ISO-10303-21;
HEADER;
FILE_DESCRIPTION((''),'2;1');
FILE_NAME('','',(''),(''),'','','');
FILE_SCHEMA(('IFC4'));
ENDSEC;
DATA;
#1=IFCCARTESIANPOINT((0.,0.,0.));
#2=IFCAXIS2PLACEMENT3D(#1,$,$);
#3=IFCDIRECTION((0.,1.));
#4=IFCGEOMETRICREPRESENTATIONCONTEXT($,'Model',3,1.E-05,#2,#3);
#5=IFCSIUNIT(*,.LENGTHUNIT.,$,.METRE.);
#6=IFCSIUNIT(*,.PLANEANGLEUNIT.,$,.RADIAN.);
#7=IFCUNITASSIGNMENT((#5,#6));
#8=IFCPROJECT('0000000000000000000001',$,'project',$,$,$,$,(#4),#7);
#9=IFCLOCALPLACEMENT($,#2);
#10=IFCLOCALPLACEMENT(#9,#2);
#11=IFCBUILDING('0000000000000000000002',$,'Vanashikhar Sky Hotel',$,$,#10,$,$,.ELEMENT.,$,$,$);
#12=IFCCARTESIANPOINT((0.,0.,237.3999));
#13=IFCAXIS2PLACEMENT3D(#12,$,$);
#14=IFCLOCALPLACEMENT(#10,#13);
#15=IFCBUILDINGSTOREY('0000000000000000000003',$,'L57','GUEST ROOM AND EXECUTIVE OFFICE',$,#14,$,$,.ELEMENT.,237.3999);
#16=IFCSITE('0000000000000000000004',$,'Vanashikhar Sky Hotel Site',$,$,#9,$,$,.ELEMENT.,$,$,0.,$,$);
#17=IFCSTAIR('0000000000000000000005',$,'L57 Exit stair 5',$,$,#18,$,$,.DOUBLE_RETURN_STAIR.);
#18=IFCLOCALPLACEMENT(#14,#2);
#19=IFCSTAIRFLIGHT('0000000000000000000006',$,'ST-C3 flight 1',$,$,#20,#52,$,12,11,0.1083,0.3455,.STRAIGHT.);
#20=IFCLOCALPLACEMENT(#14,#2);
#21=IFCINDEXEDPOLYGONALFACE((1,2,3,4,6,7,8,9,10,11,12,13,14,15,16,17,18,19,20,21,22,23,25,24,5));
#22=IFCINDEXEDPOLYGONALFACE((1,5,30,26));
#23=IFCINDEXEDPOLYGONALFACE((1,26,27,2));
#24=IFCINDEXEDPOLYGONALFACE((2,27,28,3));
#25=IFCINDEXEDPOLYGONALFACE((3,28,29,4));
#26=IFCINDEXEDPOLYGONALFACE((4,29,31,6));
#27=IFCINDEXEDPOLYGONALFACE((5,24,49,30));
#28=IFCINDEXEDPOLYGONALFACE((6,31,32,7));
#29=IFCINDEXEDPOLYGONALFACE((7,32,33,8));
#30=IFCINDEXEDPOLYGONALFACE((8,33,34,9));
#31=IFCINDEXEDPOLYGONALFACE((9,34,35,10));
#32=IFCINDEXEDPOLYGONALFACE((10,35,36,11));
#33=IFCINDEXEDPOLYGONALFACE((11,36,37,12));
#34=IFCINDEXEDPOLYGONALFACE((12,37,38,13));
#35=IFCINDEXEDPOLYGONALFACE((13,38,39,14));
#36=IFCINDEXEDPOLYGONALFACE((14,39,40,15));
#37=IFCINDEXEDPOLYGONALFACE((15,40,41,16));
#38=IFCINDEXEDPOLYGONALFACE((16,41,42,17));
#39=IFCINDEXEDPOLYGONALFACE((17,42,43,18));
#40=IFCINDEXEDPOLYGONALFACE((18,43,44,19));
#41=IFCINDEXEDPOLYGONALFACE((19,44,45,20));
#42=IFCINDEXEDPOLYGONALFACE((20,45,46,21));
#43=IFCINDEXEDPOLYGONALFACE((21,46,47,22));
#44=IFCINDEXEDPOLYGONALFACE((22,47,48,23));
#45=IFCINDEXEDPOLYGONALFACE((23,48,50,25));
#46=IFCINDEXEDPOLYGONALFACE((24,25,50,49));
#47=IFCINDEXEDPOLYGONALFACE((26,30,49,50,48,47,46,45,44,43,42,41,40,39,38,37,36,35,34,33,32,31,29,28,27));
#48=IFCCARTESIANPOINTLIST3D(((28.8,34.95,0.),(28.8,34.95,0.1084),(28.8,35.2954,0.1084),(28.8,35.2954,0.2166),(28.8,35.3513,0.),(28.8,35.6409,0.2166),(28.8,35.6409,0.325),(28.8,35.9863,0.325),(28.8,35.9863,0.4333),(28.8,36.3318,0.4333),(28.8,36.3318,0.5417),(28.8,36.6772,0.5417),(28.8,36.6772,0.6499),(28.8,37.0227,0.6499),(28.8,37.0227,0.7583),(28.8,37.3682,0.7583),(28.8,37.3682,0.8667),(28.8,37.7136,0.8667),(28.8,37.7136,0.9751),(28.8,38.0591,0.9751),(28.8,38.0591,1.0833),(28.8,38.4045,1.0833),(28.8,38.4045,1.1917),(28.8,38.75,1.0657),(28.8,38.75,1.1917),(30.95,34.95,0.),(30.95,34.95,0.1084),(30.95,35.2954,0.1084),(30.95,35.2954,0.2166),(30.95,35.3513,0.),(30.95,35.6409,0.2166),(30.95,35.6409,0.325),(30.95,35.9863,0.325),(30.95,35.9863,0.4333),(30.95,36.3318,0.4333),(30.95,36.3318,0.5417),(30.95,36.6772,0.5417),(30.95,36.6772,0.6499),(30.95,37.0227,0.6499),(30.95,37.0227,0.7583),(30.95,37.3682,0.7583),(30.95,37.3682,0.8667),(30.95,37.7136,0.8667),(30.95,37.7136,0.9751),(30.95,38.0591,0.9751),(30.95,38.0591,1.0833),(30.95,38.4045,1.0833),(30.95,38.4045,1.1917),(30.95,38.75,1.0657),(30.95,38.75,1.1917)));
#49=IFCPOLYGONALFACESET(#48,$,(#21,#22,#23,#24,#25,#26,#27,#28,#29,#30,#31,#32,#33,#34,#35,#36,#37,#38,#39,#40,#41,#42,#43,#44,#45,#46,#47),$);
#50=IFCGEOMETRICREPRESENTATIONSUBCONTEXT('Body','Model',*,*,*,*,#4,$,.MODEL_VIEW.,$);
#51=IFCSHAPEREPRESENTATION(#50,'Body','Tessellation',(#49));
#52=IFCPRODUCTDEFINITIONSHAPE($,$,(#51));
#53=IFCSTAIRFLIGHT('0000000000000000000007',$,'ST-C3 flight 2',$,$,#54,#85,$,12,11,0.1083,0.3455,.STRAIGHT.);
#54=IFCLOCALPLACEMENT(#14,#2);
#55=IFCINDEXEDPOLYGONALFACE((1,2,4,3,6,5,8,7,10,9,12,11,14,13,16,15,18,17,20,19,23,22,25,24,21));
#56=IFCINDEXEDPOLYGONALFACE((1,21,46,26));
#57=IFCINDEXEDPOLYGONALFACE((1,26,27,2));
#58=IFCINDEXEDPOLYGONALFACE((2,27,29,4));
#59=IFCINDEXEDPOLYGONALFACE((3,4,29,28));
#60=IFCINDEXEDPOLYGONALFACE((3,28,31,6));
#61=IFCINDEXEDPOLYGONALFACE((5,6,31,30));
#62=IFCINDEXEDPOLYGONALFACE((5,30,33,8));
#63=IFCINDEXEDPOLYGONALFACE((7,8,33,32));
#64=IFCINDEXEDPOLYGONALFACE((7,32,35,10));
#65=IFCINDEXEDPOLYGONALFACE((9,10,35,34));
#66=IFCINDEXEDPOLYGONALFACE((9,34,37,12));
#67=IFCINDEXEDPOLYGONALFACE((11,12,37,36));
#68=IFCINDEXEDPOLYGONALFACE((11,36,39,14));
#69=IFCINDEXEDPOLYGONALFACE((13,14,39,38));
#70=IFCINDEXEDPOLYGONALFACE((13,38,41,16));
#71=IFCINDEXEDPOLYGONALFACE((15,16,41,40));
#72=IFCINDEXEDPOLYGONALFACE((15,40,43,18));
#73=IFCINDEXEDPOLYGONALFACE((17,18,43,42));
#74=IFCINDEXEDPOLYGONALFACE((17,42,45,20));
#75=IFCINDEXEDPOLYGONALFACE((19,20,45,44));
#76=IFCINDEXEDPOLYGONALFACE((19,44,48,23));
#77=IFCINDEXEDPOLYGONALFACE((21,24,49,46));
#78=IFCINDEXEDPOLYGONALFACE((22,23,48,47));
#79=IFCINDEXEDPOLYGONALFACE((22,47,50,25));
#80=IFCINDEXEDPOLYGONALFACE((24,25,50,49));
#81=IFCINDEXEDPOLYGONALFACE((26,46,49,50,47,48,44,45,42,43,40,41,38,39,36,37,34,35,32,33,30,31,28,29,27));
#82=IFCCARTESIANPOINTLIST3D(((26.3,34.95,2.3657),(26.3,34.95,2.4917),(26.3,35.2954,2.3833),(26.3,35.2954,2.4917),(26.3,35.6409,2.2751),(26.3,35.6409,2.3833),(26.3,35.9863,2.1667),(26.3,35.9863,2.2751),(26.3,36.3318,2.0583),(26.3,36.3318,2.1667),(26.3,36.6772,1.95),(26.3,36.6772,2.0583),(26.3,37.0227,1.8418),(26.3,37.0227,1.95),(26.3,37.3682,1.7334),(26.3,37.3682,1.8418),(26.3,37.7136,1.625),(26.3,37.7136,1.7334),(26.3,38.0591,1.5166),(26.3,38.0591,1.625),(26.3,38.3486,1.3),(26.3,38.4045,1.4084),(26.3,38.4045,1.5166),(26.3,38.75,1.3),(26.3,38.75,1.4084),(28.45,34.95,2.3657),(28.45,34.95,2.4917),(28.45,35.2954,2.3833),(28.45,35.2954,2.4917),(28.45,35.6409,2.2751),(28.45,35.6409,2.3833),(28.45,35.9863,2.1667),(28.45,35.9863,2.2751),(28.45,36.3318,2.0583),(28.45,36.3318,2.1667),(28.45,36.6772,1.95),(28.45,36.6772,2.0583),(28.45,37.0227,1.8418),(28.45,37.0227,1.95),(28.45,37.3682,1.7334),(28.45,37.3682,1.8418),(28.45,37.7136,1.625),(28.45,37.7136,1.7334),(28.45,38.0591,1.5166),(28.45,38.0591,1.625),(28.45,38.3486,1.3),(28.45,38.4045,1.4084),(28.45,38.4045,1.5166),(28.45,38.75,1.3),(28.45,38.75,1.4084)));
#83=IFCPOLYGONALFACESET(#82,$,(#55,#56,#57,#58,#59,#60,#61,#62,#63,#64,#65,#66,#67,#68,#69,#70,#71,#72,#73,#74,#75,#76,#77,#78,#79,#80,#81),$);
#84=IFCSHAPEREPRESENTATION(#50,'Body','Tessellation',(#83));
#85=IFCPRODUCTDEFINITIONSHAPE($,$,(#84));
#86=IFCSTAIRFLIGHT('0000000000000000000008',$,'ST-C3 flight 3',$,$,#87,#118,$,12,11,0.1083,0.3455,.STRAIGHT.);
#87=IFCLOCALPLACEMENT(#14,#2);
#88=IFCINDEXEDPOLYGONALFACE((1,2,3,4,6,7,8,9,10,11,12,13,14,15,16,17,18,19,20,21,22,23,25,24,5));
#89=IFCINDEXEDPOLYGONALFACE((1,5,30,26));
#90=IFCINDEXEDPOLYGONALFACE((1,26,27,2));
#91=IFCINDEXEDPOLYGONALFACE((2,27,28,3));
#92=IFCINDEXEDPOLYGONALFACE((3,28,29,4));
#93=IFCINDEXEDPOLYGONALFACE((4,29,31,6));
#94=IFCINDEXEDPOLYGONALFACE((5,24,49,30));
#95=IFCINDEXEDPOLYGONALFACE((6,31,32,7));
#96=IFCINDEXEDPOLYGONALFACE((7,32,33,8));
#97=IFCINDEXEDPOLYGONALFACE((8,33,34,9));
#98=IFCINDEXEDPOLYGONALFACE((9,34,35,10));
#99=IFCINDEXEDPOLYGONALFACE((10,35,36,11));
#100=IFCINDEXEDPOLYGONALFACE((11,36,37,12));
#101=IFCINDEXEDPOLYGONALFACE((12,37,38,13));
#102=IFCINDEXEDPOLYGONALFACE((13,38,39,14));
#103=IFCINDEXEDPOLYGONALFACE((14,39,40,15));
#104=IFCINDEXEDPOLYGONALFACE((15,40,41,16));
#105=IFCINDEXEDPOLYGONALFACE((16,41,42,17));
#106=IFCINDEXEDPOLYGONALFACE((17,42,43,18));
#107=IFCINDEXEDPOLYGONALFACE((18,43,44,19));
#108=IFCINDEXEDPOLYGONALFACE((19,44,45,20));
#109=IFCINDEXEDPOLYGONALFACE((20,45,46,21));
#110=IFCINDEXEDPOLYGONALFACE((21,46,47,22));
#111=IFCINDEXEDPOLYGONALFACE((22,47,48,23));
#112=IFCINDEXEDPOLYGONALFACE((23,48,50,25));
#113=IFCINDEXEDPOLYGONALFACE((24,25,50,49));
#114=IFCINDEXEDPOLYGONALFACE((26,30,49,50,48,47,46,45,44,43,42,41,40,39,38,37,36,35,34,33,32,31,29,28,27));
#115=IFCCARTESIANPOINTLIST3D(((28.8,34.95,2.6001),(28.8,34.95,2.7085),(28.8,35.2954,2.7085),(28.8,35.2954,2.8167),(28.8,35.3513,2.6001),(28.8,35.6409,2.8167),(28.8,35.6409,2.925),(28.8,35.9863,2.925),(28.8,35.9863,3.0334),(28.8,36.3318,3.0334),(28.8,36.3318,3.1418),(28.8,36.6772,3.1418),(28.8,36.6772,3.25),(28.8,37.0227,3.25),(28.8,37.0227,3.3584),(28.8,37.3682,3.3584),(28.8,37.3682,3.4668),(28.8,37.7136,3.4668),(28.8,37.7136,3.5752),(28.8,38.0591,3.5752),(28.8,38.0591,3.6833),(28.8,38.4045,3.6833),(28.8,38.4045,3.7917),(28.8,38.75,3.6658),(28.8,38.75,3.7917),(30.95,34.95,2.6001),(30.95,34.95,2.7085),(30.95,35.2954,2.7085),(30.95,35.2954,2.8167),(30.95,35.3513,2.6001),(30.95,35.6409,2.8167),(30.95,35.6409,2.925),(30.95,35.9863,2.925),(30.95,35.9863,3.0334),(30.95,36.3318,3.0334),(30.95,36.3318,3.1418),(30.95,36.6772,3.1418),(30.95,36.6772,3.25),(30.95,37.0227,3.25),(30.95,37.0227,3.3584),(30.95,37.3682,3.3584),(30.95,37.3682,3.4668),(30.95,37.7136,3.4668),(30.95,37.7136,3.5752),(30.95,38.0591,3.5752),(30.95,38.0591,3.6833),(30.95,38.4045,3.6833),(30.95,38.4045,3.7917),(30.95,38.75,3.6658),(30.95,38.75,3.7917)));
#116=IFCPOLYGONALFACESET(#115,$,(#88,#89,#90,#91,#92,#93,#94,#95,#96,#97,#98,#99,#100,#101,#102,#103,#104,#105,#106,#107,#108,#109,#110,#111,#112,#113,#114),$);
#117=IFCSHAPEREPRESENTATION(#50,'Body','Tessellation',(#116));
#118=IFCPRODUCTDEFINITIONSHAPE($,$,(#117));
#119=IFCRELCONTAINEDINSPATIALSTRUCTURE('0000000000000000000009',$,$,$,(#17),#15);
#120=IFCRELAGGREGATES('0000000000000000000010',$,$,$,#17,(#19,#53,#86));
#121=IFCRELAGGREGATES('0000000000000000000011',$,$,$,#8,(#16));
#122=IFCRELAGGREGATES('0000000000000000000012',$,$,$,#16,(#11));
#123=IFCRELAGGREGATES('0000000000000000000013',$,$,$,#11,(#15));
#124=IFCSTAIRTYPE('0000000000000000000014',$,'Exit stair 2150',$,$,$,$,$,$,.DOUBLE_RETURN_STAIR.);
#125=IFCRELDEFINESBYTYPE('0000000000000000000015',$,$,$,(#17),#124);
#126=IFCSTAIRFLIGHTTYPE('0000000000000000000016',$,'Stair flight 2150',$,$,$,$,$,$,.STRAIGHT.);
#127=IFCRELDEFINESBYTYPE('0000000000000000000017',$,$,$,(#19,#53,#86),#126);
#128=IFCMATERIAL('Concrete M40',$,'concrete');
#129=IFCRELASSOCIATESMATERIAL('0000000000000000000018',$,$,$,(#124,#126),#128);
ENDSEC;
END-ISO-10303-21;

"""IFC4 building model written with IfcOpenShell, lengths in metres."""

from ifc_helpers import new_model, si_unit, direction, frame, origin, place, context, subcontext, project, spatial, polyline, outline, extrude, source, transform, mapped, material, type_object, element, aggregate, save


model = new_model("IFC4")

# Units and contexts
model_context = context("Model", 3, precision=1e-05, world=origin(), true_north=direction((0.0, 1.0)))
body_context = subcontext(model_context, "Body", "Model", "MODEL_VIEW")
ifc_project = project(units=[si_unit("LENGTHUNIT", "METRE"), si_unit("PLANEANGLEUNIT", "RADIAN")], contexts=[model_context])

# Site, building, storey
site_placement = place(None, origin())
site = spatial("IfcSite", under=ifc_project, at=site_placement, Name="Vanashikhar Sky Hotel Site", CompositionType="ELEMENT", RefElevation=0.0)
building_placement = place(site_placement, origin())
building = spatial("IfcBuilding", under=site, at=building_placement, Name="Vanashikhar Sky Hotel", CompositionType="ELEMENT")
storey_placement = place(building_placement, frame((0.0, 0.0, 237.3999)))
storey = spatial("IfcBuildingStorey", under=building, at=storey_placement, Name="L57", Description="GUEST ROOM AND EXECUTIVE OFFICE", CompositionType="ELEMENT", Elevation=237.3999)

# Shared definitions
ifc_material_1 = material(Name="Concrete M40", Category="concrete")

# Shared definitions
stair_type = type_object("IfcStairType", Name="Exit stair 2150", PredefinedType="DOUBLE_RETURN_STAIR", material=ifc_material_1)
stair_flight_type = type_object("IfcStairFlightType", Name="Stair flight 2150", PredefinedType="STRAIGHT", material=ifc_material_1)
shared_shape_1 = source(origin(), body_context, "Body", "SweptSolid", [
    extrude(outline(polyline([(0.0, 0.0), (0.0, 0.1084), (0.3455, 0.1084), (0.3455, 0.2166), (0.6909, 0.2166), (0.6909, 0.325), (1.0364, 0.325), (1.0364, 0.4333), (1.3818, 0.4333), (1.3818, 0.5417), (1.7273, 0.5417), (1.7273, 0.6499), (2.0728, 0.6499), (2.0728, 0.7583), (2.4182, 0.7583), (2.4182, 0.8667), (2.7637, 0.8667), (2.7637, 0.9751), (3.1091, 0.9751), (3.1091, 1.0833), (3.4546, 1.0833), (3.4546, 1.1917), (3.8, 1.1917), (3.8, 1.3), (3.8, 1.0657), (0.4014, 0.0), (0.0, 0.0)])), frame((0.0, 1.075, 0.0), z_axis=(0.0, -1.0, 0.0), x_axis=(1.0, 0.0, 0.0)), (0.0, 0.0, 1.0), 2.1499),
])

# Stair, stair flights
stair_1_placement = place(storey_placement, origin())
stair_1 = element("IfcStair", 1, at=stair_1_placement, inside=storey, type_object=stair_type, Name="L57 Exit stair 5", PredefinedType="DOUBLE_RETURN_STAIR")
stair_flight_1_placement = place(storey_placement, frame((29.875, 34.95, 0.0), z_axis=(0.0, 0.0, 1.0), x_axis=(0.0, 1.0, 0.0)))
stair_flight_1 = element("IfcStairFlight", 2, at=stair_flight_1_placement, type_object=stair_flight_type, Name="ST-C3 flight 1", NumberOfRisers=12, NumberOfTreads=11, PredefinedType="STRAIGHT", RiserHeight=0.1083, TreadLength=0.3455, context=body_context, shape_type="MappedRepresentation", body=[
    mapped(shared_shape_1, transform((0.0, 0.0, 0.0), scale=1.0)),
])
stair_flight_2_placement = place(storey_placement, frame((27.375, 38.75, 1.3), z_axis=(0.0, 0.0, 1.0), x_axis=(0.0, -1.0, 0.0)))
stair_flight_2 = element("IfcStairFlight", 3, at=stair_flight_2_placement, type_object=stair_flight_type, Name="ST-C3 flight 2", NumberOfRisers=12, NumberOfTreads=11, PredefinedType="STRAIGHT", RiserHeight=0.1083, TreadLength=0.3455, context=body_context, shape_type="MappedRepresentation", body=[
    mapped(shared_shape_1, transform((0.0, 0.0, 0.0), scale=1.0)),
])
stair_flight_3_placement = place(storey_placement, frame((29.875, 34.95, 2.6001), z_axis=(0.0, 0.0, 1.0), x_axis=(0.0, 1.0, 0.0)))
stair_flight_3 = element("IfcStairFlight", 4, at=stair_flight_3_placement, type_object=stair_flight_type, Name="ST-C3 flight 3", NumberOfRisers=12, NumberOfTreads=11, PredefinedType="STRAIGHT", RiserHeight=0.1083, TreadLength=0.3455, context=body_context, shape_type="MappedRepresentation", body=[
    mapped(shared_shape_1, transform((0.0, 0.0, 0.0), scale=1.0)),
])
aggregate(stair_1, [stair_flight_1, stair_flight_2, stair_flight_3])

save(model, "model.ifc")
